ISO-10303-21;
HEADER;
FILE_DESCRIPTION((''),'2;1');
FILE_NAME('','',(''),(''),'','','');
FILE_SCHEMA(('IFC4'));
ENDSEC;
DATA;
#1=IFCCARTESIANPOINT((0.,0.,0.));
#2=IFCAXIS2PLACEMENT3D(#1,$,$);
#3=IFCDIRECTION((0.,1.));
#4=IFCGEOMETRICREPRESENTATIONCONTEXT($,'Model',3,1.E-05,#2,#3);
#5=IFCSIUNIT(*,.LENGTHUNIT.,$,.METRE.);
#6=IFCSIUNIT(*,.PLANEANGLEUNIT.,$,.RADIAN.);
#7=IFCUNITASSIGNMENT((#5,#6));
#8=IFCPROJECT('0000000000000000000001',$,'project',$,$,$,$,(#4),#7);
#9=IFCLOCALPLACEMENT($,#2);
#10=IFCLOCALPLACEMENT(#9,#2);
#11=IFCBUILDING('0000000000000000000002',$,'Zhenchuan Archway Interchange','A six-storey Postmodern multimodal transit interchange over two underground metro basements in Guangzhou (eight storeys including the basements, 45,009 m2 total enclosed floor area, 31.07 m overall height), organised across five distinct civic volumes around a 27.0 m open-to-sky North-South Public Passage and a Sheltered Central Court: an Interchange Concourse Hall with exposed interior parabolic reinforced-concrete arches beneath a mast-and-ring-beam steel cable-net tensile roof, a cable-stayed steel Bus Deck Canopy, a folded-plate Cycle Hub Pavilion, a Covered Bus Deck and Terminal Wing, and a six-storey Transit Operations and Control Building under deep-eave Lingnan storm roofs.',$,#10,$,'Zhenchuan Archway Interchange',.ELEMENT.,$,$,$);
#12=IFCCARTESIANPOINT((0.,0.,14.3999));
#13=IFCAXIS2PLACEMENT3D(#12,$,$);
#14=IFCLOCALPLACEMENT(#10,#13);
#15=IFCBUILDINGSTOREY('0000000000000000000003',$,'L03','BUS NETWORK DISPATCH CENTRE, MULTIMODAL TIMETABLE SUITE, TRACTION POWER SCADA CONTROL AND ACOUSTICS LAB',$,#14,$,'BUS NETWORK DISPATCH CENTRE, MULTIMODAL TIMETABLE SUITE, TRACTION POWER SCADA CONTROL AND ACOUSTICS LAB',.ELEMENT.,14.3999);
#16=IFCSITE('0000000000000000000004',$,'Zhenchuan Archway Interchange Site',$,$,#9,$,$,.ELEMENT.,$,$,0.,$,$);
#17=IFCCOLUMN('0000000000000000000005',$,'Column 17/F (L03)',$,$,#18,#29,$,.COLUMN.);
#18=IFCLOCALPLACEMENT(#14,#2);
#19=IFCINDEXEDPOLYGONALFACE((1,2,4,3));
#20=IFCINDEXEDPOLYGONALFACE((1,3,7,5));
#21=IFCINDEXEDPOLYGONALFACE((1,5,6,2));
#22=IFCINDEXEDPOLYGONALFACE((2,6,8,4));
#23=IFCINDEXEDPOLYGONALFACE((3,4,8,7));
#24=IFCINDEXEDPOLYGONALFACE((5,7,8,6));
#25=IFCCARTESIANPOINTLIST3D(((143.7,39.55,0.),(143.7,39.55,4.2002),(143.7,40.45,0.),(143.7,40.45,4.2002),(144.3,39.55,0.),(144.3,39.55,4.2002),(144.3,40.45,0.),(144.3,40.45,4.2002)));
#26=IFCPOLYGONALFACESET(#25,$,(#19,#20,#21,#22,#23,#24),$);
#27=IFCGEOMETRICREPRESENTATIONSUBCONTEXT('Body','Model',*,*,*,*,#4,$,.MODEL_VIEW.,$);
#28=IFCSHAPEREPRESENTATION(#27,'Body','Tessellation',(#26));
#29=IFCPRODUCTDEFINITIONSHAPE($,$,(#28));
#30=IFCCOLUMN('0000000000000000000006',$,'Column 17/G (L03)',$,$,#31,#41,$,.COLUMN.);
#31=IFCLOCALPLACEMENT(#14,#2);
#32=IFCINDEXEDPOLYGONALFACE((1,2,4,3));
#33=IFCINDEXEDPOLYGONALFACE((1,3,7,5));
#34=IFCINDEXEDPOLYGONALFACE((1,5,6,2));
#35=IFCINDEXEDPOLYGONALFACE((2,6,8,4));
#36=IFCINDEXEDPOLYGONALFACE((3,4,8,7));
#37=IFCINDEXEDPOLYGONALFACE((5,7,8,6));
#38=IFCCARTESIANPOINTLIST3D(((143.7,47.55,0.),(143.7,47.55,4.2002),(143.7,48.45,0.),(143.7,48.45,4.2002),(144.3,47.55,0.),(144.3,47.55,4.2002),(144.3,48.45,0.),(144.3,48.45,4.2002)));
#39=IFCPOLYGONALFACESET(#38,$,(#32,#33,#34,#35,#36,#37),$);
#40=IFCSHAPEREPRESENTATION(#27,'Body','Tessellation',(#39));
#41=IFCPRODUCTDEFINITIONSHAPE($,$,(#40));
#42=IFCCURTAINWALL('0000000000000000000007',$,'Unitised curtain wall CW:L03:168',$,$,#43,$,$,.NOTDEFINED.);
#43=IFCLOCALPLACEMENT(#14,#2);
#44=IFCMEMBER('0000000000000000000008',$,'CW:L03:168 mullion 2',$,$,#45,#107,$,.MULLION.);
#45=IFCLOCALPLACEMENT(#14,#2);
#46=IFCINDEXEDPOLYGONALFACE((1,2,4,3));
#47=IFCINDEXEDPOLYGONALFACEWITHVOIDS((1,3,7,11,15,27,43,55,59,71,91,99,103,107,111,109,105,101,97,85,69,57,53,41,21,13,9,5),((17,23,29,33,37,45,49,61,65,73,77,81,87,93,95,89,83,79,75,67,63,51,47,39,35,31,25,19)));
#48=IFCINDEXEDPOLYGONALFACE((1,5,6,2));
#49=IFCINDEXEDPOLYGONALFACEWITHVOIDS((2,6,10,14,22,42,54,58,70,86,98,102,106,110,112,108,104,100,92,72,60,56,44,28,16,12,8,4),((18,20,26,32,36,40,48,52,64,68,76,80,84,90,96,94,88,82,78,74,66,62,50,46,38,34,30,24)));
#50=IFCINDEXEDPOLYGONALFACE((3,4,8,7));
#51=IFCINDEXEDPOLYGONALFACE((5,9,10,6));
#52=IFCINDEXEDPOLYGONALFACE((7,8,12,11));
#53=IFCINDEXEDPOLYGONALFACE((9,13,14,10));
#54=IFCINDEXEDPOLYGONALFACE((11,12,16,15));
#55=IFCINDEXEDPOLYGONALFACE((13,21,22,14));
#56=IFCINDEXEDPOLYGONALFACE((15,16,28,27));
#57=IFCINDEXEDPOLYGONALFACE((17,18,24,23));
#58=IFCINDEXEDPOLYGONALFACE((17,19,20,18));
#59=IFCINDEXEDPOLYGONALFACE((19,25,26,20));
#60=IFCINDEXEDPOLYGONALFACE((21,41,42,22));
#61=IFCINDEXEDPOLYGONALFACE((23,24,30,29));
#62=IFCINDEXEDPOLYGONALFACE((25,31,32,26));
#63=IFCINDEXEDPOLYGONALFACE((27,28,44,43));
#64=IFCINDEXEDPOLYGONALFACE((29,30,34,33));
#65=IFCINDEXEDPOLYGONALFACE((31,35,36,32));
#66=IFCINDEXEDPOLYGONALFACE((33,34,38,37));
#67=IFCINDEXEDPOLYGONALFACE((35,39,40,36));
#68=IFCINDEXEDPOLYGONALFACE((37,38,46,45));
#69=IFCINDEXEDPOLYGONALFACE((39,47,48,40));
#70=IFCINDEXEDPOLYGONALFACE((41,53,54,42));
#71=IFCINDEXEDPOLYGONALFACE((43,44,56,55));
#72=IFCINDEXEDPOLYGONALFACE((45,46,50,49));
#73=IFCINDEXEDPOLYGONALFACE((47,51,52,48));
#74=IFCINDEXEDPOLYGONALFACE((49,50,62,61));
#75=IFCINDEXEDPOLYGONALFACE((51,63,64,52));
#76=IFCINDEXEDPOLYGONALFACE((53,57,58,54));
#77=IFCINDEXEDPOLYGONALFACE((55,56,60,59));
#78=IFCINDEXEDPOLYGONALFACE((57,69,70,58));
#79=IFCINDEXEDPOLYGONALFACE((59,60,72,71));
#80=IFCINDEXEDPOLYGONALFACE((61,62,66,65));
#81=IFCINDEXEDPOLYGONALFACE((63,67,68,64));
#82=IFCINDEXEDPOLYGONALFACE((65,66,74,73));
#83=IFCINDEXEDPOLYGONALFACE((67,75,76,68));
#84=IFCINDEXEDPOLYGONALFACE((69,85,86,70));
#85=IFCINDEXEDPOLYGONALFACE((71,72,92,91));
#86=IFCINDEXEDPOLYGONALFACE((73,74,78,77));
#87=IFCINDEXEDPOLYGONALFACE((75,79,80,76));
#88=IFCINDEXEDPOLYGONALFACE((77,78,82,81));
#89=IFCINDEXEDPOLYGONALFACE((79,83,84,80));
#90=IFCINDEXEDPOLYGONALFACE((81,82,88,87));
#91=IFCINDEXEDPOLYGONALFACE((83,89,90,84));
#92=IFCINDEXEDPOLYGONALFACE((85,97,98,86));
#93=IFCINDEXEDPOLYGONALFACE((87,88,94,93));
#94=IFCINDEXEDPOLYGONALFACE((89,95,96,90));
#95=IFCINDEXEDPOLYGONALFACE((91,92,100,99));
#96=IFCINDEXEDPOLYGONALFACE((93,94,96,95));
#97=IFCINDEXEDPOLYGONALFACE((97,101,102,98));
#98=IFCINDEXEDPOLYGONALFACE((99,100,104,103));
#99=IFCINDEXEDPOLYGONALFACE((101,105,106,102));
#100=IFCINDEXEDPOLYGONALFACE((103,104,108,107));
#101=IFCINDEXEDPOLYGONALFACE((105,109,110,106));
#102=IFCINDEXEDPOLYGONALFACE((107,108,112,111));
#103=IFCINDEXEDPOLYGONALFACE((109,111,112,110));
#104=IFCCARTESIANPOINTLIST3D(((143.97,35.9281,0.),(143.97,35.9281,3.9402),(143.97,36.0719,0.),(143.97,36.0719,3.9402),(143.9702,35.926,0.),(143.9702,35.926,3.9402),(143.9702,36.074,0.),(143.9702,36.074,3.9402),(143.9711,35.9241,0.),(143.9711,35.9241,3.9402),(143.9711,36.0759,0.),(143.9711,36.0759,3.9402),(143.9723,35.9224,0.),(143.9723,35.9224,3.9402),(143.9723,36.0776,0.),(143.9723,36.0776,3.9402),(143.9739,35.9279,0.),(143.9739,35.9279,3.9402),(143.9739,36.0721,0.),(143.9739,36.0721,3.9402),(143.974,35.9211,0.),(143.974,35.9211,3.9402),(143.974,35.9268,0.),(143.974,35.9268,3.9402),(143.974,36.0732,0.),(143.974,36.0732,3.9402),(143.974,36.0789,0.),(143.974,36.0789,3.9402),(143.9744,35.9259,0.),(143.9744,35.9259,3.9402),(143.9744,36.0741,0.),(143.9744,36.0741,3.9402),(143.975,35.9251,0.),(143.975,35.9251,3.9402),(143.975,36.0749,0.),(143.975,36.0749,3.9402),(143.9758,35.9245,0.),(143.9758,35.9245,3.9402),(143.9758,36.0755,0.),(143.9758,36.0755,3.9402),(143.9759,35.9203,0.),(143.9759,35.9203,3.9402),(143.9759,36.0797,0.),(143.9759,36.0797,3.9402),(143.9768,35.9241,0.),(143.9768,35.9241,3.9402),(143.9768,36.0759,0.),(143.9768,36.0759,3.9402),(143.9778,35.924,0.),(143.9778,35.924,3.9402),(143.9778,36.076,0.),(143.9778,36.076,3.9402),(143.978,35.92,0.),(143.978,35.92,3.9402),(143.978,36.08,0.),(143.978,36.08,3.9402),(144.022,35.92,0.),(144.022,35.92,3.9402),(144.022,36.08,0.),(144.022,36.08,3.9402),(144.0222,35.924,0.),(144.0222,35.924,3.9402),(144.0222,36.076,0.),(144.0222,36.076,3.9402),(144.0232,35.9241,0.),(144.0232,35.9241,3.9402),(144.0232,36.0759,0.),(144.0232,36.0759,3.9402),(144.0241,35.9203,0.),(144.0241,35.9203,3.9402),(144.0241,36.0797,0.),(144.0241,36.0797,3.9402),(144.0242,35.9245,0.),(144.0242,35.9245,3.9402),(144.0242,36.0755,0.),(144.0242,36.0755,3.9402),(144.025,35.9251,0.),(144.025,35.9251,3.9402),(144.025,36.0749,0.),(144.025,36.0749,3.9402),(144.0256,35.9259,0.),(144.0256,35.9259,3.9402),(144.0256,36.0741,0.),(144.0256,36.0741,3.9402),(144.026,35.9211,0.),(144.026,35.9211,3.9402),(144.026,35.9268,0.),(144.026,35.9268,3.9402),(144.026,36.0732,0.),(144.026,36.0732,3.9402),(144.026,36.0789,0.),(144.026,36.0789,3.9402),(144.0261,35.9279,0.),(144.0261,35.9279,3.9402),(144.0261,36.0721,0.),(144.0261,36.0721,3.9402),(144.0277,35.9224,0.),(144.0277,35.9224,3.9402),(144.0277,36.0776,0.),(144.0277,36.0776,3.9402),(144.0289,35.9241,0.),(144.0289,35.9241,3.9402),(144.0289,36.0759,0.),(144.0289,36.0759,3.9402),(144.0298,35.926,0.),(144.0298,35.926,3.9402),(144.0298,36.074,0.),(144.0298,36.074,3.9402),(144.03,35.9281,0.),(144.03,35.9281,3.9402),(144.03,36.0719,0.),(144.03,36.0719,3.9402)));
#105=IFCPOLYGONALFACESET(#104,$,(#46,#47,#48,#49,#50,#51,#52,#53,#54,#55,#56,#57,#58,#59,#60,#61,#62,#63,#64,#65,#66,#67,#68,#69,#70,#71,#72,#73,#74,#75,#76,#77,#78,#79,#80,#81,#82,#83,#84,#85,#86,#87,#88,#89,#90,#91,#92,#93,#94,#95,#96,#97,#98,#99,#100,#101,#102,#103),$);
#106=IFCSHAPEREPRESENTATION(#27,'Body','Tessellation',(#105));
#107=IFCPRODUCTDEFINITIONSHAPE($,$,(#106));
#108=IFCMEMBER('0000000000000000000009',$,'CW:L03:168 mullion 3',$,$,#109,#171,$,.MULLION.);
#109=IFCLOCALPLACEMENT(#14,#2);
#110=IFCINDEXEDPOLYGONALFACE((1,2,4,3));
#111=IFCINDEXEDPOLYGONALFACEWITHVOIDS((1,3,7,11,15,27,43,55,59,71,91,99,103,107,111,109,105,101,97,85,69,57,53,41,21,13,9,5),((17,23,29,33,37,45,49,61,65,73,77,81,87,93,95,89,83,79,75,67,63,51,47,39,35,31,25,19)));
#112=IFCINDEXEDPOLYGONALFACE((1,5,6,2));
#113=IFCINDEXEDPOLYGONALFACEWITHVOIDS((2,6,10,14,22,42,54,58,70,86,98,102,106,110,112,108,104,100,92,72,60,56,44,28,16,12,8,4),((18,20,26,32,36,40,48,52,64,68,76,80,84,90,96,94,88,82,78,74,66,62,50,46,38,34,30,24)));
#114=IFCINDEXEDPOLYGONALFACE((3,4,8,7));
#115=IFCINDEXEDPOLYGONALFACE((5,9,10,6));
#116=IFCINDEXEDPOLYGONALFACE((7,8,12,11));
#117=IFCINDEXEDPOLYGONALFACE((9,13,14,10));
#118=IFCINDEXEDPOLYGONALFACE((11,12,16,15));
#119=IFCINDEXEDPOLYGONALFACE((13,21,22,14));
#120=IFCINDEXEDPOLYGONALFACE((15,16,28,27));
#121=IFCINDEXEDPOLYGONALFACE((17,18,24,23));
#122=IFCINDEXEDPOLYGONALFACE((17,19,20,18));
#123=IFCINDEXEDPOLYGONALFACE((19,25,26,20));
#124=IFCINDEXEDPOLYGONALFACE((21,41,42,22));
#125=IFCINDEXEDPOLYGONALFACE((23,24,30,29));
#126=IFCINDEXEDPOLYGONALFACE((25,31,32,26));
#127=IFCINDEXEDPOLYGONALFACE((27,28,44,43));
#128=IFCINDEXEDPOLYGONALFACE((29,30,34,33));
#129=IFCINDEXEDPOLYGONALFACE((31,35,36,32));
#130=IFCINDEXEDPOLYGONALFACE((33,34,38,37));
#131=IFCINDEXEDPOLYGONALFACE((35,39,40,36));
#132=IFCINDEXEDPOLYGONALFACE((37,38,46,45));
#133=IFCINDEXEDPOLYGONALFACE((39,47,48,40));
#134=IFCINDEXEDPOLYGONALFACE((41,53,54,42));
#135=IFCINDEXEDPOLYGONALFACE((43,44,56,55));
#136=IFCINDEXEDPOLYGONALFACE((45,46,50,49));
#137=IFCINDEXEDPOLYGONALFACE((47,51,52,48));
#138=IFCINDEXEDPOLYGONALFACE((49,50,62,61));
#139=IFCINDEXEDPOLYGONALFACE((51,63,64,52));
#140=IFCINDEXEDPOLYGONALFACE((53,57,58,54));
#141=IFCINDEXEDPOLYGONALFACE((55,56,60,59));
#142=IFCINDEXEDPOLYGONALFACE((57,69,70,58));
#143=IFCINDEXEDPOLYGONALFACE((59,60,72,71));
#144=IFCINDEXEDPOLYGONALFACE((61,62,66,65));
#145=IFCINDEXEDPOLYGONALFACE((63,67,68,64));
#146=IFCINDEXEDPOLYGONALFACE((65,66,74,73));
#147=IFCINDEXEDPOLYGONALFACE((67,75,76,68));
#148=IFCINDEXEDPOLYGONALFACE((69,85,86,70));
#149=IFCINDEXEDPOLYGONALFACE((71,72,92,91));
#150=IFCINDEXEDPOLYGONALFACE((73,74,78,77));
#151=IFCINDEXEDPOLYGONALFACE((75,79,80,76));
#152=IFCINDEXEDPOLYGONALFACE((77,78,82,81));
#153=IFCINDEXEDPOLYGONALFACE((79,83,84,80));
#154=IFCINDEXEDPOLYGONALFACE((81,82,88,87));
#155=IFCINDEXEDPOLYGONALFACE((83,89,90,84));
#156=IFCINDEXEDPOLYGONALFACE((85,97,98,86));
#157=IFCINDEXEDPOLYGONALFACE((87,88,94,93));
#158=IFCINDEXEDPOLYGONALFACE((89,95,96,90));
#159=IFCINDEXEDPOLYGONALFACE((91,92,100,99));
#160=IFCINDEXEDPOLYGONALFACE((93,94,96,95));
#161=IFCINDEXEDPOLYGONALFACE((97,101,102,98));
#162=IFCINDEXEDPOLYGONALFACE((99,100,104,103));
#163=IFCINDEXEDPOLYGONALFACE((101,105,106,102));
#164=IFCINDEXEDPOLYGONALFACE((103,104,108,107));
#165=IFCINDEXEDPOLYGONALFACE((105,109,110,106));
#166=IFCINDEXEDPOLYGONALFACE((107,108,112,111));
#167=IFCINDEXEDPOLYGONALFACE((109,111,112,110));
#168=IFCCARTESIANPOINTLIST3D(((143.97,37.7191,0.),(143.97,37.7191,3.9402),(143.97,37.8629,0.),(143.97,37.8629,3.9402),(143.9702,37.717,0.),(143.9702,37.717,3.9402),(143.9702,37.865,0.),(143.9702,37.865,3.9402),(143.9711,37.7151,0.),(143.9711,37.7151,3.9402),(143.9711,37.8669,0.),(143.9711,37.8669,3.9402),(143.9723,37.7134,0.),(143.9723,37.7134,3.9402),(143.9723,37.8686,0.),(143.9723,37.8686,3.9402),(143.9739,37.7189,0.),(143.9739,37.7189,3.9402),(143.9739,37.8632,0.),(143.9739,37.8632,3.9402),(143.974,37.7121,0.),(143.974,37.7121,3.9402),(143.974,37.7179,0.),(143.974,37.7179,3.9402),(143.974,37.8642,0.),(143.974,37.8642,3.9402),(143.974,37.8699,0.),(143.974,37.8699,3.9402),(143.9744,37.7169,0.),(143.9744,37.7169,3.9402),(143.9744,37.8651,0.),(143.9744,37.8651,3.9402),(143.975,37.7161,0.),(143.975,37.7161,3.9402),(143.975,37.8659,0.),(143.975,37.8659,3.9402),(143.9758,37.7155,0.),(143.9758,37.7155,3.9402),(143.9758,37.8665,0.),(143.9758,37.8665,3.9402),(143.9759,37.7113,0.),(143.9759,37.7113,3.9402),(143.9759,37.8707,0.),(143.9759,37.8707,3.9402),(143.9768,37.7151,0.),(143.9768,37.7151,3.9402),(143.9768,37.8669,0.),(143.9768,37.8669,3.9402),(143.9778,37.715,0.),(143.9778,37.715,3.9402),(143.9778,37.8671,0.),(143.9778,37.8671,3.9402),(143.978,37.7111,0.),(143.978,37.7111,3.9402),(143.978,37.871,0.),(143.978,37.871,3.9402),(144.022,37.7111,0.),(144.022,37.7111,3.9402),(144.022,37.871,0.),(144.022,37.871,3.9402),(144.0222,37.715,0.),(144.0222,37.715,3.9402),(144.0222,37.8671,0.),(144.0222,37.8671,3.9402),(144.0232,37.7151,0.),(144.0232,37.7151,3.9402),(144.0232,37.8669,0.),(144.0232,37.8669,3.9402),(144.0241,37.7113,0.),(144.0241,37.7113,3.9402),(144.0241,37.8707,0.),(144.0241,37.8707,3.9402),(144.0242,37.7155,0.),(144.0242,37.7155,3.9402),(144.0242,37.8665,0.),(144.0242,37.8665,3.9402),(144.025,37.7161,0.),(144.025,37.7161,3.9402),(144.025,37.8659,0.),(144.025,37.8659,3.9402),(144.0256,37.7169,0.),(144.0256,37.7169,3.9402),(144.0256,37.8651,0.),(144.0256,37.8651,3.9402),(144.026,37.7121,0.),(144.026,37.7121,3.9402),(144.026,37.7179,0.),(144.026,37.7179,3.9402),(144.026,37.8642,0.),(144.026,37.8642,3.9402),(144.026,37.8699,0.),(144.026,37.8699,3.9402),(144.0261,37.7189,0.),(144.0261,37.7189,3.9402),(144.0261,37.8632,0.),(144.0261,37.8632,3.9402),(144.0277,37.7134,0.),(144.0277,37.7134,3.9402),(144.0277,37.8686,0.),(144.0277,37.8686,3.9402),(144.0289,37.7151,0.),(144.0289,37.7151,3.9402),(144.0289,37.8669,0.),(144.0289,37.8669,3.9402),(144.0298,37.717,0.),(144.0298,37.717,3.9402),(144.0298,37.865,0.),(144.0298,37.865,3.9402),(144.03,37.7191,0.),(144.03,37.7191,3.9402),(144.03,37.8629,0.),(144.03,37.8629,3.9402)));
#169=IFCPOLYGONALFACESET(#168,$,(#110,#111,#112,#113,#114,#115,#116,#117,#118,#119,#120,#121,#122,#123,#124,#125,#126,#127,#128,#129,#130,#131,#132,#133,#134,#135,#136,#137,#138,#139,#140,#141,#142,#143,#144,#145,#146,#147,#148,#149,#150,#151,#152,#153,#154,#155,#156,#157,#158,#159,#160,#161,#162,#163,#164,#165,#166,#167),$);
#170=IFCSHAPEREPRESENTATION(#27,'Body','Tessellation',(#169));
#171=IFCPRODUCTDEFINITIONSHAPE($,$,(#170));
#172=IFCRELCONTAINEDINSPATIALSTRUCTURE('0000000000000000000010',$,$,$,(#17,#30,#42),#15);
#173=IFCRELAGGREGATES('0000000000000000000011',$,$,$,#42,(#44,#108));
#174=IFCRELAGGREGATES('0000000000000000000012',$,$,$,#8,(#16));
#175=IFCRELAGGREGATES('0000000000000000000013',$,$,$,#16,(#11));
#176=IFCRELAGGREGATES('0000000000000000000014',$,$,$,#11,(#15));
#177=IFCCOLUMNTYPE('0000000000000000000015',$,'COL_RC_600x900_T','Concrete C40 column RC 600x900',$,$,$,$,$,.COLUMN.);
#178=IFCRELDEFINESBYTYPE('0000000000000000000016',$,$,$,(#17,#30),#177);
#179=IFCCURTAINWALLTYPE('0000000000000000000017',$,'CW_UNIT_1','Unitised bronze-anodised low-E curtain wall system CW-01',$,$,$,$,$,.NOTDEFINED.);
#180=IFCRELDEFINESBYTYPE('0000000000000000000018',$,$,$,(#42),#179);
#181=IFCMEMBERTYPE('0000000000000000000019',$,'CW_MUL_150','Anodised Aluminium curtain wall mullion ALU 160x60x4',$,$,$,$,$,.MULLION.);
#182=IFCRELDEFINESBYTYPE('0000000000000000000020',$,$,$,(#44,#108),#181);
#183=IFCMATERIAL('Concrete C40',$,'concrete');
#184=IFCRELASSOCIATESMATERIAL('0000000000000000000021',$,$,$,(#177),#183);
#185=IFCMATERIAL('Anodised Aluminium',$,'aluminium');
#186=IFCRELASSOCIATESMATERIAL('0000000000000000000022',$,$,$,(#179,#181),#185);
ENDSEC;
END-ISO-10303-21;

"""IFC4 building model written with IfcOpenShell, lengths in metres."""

from ifc_helpers import new_model, si_unit, direction, frame, origin, origin_2d, place, context, subcontext, project, spatial, rectangle, hollow_rectangle, extrude, material, material_profile, profile_set, type_object, element, aggregate, save


model = new_model("IFC4")

# Units and contexts
model_context = context("Model", 3, precision=1e-05, world=origin(), true_north=direction((0.0, 1.0)))
body_context = subcontext(model_context, "Body", "Model", "MODEL_VIEW")
ifc_project = project(units=[si_unit("LENGTHUNIT", "METRE"), si_unit("PLANEANGLEUNIT", "RADIAN")], contexts=[model_context])

# Site, building, storey
site_placement = place(None, origin())
site = spatial("IfcSite", under=ifc_project, at=site_placement, Name="Zhenchuan Archway Interchange Site", CompositionType="ELEMENT", RefElevation=0.0)
building_placement = place(site_placement, origin())
building = spatial("IfcBuilding", under=site, at=building_placement, Name="Zhenchuan Archway Interchange", Description="A six-storey Postmodern multimodal transit interchange over two underground metro basements in Guangzhou (eight storeys including the basements, 45,009 m2 total enclosed floor area, 31.07 m overall height), organised across five distinct civic volumes around a 27.0 m open-to-sky North-South Public Passage and a Sheltered Central Court: an Interchange Concourse Hall with exposed interior parabolic reinforced-concrete arches beneath a mast-and-ring-beam steel cable-net tensile roof, a cable-stayed steel Bus Deck Canopy, a folded-plate Cycle Hub Pavilion, a Covered Bus Deck and Terminal Wing, and a six-storey Transit Operations and Control Building under deep-eave Lingnan storm roofs.", LongName="Zhenchuan Archway Interchange", CompositionType="ELEMENT")
storey_placement = place(building_placement, frame((0.0, 0.0, 14.3999)))
storey = spatial("IfcBuildingStorey", under=building, at=storey_placement, Name="L03", Description="BUS NETWORK DISPATCH CENTRE, MULTIMODAL TIMETABLE SUITE, TRACTION POWER SCADA CONTROL AND ACOUSTICS LAB", LongName="BUS NETWORK DISPATCH CENTRE, MULTIMODAL TIMETABLE SUITE, TRACTION POWER SCADA CONTROL AND ACOUSTICS LAB", CompositionType="ELEMENT", Elevation=14.3999)

# Columns
ifc_material_1 = material(Name="Concrete C40", Category="concrete")
ifc_material_profile_1 = material_profile(ifc_material_1, rectangle(XDim=0.6001, YDim=0.8999, at=origin_2d()), Name="RC 600x900")
ifc_profile_set_1 = profile_set([ifc_material_profile_1], Name="Concrete C40")
column_type = type_object("IfcColumnType", Name="COL_RC_600x900_T", Description="Concrete C40 column RC 600x900", PredefinedType="COLUMN", material=ifc_profile_set_1)
for number, where, z_axis, x_axis, name in (
    (1, (144.0, 40.0, 0.0), (0.0, 0.0, 1.0), (1.0, 0.0, 0.0), "Column 17/F (L03)"),
    (2, (144.0, 48.0, 0.0), (0.0, 0.0, 1.0), (1.0, 0.0, 0.0), "Column 17/G (L03)"),
):
    element("IfcColumn", number, at=place(storey_placement, frame(where, z_axis=z_axis, x_axis=x_axis)), inside=storey, type_object=column_type, Name=name, PredefinedType="COLUMN", context=body_context, shape_type="SweptSolid", body=[
        extrude(rectangle(XDim=0.6001, YDim=0.8999, at=origin_2d()), origin(), (0.0, 0.0, 1.0), 4.2002),
    ])

# Curtain wall, members
ifc_material_2 = material(Name="Anodised Aluminium", Category="aluminium")
curtain_wall_type_1 = type_object("IfcCurtainWallType", Name="CW_UNIT_1", Description="Unitised bronze-anodised low-E curtain wall system CW-01", PredefinedType="NOTDEFINED", material=ifc_material_2)
curtain_wall_1_placement = place(storey_placement, origin())
curtain_wall_1 = element("IfcCurtainWall", 3, at=curtain_wall_1_placement, inside=storey, type_object=curtain_wall_type_1, Name="Unitised curtain wall CW:L03:168", PredefinedType="NOTDEFINED")
ifc_material_profile_2 = material_profile(ifc_material_2, hollow_rectangle(XDim=0.0601, YDim=0.1599, WallThickness=0.0039, InnerFilletRadius=0.0039, OuterFilletRadius=0.0081, at=origin_2d()), Name="ALU 160x60x4")
ifc_profile_set_2 = profile_set([ifc_material_profile_2], Name="Anodised Aluminium")
member_type_1 = type_object("IfcMemberType", Name="CW_MUL_150", Description="Anodised Aluminium curtain wall mullion ALU 160x60x4", PredefinedType="MULLION", material=ifc_profile_set_2)
member_1_placement = place(storey_placement, frame((144.0, 36.0, 0.0), z_axis=(0.0, 0.0, 1.0), x_axis=(1.0, 0.0, 0.0)))
member_1 = element("IfcMember", 4, at=member_1_placement, type_object=member_type_1, Name="CW:L03:168 mullion 2", PredefinedType="MULLION", context=body_context, shape_type="SweptSolid", body=[
    extrude(hollow_rectangle(XDim=0.0601, YDim=0.1599, WallThickness=0.0039, InnerFilletRadius=0.0039, OuterFilletRadius=0.0081, at=origin_2d()), origin(), (0.0, 0.0, 1.0), 3.9402),
])
member_2_placement = place(storey_placement, frame((144.0, 37.791, 0.0), z_axis=(0.0, 0.0, 1.0), x_axis=(1.0, 0.0, 0.0)))
member_2 = element("IfcMember", 5, at=member_2_placement, type_object=member_type_1, Name="CW:L03:168 mullion 3", PredefinedType="MULLION", context=body_context, shape_type="SweptSolid", body=[
    extrude(hollow_rectangle(XDim=0.0601, YDim=0.1599, WallThickness=0.0039, InnerFilletRadius=0.0039, OuterFilletRadius=0.0081, at=origin_2d()), origin(), (0.0, 0.0, 1.0), 3.9402),
])

aggregate(curtain_wall_1, [member_1, member_2])

save(model, "model.ifc")
